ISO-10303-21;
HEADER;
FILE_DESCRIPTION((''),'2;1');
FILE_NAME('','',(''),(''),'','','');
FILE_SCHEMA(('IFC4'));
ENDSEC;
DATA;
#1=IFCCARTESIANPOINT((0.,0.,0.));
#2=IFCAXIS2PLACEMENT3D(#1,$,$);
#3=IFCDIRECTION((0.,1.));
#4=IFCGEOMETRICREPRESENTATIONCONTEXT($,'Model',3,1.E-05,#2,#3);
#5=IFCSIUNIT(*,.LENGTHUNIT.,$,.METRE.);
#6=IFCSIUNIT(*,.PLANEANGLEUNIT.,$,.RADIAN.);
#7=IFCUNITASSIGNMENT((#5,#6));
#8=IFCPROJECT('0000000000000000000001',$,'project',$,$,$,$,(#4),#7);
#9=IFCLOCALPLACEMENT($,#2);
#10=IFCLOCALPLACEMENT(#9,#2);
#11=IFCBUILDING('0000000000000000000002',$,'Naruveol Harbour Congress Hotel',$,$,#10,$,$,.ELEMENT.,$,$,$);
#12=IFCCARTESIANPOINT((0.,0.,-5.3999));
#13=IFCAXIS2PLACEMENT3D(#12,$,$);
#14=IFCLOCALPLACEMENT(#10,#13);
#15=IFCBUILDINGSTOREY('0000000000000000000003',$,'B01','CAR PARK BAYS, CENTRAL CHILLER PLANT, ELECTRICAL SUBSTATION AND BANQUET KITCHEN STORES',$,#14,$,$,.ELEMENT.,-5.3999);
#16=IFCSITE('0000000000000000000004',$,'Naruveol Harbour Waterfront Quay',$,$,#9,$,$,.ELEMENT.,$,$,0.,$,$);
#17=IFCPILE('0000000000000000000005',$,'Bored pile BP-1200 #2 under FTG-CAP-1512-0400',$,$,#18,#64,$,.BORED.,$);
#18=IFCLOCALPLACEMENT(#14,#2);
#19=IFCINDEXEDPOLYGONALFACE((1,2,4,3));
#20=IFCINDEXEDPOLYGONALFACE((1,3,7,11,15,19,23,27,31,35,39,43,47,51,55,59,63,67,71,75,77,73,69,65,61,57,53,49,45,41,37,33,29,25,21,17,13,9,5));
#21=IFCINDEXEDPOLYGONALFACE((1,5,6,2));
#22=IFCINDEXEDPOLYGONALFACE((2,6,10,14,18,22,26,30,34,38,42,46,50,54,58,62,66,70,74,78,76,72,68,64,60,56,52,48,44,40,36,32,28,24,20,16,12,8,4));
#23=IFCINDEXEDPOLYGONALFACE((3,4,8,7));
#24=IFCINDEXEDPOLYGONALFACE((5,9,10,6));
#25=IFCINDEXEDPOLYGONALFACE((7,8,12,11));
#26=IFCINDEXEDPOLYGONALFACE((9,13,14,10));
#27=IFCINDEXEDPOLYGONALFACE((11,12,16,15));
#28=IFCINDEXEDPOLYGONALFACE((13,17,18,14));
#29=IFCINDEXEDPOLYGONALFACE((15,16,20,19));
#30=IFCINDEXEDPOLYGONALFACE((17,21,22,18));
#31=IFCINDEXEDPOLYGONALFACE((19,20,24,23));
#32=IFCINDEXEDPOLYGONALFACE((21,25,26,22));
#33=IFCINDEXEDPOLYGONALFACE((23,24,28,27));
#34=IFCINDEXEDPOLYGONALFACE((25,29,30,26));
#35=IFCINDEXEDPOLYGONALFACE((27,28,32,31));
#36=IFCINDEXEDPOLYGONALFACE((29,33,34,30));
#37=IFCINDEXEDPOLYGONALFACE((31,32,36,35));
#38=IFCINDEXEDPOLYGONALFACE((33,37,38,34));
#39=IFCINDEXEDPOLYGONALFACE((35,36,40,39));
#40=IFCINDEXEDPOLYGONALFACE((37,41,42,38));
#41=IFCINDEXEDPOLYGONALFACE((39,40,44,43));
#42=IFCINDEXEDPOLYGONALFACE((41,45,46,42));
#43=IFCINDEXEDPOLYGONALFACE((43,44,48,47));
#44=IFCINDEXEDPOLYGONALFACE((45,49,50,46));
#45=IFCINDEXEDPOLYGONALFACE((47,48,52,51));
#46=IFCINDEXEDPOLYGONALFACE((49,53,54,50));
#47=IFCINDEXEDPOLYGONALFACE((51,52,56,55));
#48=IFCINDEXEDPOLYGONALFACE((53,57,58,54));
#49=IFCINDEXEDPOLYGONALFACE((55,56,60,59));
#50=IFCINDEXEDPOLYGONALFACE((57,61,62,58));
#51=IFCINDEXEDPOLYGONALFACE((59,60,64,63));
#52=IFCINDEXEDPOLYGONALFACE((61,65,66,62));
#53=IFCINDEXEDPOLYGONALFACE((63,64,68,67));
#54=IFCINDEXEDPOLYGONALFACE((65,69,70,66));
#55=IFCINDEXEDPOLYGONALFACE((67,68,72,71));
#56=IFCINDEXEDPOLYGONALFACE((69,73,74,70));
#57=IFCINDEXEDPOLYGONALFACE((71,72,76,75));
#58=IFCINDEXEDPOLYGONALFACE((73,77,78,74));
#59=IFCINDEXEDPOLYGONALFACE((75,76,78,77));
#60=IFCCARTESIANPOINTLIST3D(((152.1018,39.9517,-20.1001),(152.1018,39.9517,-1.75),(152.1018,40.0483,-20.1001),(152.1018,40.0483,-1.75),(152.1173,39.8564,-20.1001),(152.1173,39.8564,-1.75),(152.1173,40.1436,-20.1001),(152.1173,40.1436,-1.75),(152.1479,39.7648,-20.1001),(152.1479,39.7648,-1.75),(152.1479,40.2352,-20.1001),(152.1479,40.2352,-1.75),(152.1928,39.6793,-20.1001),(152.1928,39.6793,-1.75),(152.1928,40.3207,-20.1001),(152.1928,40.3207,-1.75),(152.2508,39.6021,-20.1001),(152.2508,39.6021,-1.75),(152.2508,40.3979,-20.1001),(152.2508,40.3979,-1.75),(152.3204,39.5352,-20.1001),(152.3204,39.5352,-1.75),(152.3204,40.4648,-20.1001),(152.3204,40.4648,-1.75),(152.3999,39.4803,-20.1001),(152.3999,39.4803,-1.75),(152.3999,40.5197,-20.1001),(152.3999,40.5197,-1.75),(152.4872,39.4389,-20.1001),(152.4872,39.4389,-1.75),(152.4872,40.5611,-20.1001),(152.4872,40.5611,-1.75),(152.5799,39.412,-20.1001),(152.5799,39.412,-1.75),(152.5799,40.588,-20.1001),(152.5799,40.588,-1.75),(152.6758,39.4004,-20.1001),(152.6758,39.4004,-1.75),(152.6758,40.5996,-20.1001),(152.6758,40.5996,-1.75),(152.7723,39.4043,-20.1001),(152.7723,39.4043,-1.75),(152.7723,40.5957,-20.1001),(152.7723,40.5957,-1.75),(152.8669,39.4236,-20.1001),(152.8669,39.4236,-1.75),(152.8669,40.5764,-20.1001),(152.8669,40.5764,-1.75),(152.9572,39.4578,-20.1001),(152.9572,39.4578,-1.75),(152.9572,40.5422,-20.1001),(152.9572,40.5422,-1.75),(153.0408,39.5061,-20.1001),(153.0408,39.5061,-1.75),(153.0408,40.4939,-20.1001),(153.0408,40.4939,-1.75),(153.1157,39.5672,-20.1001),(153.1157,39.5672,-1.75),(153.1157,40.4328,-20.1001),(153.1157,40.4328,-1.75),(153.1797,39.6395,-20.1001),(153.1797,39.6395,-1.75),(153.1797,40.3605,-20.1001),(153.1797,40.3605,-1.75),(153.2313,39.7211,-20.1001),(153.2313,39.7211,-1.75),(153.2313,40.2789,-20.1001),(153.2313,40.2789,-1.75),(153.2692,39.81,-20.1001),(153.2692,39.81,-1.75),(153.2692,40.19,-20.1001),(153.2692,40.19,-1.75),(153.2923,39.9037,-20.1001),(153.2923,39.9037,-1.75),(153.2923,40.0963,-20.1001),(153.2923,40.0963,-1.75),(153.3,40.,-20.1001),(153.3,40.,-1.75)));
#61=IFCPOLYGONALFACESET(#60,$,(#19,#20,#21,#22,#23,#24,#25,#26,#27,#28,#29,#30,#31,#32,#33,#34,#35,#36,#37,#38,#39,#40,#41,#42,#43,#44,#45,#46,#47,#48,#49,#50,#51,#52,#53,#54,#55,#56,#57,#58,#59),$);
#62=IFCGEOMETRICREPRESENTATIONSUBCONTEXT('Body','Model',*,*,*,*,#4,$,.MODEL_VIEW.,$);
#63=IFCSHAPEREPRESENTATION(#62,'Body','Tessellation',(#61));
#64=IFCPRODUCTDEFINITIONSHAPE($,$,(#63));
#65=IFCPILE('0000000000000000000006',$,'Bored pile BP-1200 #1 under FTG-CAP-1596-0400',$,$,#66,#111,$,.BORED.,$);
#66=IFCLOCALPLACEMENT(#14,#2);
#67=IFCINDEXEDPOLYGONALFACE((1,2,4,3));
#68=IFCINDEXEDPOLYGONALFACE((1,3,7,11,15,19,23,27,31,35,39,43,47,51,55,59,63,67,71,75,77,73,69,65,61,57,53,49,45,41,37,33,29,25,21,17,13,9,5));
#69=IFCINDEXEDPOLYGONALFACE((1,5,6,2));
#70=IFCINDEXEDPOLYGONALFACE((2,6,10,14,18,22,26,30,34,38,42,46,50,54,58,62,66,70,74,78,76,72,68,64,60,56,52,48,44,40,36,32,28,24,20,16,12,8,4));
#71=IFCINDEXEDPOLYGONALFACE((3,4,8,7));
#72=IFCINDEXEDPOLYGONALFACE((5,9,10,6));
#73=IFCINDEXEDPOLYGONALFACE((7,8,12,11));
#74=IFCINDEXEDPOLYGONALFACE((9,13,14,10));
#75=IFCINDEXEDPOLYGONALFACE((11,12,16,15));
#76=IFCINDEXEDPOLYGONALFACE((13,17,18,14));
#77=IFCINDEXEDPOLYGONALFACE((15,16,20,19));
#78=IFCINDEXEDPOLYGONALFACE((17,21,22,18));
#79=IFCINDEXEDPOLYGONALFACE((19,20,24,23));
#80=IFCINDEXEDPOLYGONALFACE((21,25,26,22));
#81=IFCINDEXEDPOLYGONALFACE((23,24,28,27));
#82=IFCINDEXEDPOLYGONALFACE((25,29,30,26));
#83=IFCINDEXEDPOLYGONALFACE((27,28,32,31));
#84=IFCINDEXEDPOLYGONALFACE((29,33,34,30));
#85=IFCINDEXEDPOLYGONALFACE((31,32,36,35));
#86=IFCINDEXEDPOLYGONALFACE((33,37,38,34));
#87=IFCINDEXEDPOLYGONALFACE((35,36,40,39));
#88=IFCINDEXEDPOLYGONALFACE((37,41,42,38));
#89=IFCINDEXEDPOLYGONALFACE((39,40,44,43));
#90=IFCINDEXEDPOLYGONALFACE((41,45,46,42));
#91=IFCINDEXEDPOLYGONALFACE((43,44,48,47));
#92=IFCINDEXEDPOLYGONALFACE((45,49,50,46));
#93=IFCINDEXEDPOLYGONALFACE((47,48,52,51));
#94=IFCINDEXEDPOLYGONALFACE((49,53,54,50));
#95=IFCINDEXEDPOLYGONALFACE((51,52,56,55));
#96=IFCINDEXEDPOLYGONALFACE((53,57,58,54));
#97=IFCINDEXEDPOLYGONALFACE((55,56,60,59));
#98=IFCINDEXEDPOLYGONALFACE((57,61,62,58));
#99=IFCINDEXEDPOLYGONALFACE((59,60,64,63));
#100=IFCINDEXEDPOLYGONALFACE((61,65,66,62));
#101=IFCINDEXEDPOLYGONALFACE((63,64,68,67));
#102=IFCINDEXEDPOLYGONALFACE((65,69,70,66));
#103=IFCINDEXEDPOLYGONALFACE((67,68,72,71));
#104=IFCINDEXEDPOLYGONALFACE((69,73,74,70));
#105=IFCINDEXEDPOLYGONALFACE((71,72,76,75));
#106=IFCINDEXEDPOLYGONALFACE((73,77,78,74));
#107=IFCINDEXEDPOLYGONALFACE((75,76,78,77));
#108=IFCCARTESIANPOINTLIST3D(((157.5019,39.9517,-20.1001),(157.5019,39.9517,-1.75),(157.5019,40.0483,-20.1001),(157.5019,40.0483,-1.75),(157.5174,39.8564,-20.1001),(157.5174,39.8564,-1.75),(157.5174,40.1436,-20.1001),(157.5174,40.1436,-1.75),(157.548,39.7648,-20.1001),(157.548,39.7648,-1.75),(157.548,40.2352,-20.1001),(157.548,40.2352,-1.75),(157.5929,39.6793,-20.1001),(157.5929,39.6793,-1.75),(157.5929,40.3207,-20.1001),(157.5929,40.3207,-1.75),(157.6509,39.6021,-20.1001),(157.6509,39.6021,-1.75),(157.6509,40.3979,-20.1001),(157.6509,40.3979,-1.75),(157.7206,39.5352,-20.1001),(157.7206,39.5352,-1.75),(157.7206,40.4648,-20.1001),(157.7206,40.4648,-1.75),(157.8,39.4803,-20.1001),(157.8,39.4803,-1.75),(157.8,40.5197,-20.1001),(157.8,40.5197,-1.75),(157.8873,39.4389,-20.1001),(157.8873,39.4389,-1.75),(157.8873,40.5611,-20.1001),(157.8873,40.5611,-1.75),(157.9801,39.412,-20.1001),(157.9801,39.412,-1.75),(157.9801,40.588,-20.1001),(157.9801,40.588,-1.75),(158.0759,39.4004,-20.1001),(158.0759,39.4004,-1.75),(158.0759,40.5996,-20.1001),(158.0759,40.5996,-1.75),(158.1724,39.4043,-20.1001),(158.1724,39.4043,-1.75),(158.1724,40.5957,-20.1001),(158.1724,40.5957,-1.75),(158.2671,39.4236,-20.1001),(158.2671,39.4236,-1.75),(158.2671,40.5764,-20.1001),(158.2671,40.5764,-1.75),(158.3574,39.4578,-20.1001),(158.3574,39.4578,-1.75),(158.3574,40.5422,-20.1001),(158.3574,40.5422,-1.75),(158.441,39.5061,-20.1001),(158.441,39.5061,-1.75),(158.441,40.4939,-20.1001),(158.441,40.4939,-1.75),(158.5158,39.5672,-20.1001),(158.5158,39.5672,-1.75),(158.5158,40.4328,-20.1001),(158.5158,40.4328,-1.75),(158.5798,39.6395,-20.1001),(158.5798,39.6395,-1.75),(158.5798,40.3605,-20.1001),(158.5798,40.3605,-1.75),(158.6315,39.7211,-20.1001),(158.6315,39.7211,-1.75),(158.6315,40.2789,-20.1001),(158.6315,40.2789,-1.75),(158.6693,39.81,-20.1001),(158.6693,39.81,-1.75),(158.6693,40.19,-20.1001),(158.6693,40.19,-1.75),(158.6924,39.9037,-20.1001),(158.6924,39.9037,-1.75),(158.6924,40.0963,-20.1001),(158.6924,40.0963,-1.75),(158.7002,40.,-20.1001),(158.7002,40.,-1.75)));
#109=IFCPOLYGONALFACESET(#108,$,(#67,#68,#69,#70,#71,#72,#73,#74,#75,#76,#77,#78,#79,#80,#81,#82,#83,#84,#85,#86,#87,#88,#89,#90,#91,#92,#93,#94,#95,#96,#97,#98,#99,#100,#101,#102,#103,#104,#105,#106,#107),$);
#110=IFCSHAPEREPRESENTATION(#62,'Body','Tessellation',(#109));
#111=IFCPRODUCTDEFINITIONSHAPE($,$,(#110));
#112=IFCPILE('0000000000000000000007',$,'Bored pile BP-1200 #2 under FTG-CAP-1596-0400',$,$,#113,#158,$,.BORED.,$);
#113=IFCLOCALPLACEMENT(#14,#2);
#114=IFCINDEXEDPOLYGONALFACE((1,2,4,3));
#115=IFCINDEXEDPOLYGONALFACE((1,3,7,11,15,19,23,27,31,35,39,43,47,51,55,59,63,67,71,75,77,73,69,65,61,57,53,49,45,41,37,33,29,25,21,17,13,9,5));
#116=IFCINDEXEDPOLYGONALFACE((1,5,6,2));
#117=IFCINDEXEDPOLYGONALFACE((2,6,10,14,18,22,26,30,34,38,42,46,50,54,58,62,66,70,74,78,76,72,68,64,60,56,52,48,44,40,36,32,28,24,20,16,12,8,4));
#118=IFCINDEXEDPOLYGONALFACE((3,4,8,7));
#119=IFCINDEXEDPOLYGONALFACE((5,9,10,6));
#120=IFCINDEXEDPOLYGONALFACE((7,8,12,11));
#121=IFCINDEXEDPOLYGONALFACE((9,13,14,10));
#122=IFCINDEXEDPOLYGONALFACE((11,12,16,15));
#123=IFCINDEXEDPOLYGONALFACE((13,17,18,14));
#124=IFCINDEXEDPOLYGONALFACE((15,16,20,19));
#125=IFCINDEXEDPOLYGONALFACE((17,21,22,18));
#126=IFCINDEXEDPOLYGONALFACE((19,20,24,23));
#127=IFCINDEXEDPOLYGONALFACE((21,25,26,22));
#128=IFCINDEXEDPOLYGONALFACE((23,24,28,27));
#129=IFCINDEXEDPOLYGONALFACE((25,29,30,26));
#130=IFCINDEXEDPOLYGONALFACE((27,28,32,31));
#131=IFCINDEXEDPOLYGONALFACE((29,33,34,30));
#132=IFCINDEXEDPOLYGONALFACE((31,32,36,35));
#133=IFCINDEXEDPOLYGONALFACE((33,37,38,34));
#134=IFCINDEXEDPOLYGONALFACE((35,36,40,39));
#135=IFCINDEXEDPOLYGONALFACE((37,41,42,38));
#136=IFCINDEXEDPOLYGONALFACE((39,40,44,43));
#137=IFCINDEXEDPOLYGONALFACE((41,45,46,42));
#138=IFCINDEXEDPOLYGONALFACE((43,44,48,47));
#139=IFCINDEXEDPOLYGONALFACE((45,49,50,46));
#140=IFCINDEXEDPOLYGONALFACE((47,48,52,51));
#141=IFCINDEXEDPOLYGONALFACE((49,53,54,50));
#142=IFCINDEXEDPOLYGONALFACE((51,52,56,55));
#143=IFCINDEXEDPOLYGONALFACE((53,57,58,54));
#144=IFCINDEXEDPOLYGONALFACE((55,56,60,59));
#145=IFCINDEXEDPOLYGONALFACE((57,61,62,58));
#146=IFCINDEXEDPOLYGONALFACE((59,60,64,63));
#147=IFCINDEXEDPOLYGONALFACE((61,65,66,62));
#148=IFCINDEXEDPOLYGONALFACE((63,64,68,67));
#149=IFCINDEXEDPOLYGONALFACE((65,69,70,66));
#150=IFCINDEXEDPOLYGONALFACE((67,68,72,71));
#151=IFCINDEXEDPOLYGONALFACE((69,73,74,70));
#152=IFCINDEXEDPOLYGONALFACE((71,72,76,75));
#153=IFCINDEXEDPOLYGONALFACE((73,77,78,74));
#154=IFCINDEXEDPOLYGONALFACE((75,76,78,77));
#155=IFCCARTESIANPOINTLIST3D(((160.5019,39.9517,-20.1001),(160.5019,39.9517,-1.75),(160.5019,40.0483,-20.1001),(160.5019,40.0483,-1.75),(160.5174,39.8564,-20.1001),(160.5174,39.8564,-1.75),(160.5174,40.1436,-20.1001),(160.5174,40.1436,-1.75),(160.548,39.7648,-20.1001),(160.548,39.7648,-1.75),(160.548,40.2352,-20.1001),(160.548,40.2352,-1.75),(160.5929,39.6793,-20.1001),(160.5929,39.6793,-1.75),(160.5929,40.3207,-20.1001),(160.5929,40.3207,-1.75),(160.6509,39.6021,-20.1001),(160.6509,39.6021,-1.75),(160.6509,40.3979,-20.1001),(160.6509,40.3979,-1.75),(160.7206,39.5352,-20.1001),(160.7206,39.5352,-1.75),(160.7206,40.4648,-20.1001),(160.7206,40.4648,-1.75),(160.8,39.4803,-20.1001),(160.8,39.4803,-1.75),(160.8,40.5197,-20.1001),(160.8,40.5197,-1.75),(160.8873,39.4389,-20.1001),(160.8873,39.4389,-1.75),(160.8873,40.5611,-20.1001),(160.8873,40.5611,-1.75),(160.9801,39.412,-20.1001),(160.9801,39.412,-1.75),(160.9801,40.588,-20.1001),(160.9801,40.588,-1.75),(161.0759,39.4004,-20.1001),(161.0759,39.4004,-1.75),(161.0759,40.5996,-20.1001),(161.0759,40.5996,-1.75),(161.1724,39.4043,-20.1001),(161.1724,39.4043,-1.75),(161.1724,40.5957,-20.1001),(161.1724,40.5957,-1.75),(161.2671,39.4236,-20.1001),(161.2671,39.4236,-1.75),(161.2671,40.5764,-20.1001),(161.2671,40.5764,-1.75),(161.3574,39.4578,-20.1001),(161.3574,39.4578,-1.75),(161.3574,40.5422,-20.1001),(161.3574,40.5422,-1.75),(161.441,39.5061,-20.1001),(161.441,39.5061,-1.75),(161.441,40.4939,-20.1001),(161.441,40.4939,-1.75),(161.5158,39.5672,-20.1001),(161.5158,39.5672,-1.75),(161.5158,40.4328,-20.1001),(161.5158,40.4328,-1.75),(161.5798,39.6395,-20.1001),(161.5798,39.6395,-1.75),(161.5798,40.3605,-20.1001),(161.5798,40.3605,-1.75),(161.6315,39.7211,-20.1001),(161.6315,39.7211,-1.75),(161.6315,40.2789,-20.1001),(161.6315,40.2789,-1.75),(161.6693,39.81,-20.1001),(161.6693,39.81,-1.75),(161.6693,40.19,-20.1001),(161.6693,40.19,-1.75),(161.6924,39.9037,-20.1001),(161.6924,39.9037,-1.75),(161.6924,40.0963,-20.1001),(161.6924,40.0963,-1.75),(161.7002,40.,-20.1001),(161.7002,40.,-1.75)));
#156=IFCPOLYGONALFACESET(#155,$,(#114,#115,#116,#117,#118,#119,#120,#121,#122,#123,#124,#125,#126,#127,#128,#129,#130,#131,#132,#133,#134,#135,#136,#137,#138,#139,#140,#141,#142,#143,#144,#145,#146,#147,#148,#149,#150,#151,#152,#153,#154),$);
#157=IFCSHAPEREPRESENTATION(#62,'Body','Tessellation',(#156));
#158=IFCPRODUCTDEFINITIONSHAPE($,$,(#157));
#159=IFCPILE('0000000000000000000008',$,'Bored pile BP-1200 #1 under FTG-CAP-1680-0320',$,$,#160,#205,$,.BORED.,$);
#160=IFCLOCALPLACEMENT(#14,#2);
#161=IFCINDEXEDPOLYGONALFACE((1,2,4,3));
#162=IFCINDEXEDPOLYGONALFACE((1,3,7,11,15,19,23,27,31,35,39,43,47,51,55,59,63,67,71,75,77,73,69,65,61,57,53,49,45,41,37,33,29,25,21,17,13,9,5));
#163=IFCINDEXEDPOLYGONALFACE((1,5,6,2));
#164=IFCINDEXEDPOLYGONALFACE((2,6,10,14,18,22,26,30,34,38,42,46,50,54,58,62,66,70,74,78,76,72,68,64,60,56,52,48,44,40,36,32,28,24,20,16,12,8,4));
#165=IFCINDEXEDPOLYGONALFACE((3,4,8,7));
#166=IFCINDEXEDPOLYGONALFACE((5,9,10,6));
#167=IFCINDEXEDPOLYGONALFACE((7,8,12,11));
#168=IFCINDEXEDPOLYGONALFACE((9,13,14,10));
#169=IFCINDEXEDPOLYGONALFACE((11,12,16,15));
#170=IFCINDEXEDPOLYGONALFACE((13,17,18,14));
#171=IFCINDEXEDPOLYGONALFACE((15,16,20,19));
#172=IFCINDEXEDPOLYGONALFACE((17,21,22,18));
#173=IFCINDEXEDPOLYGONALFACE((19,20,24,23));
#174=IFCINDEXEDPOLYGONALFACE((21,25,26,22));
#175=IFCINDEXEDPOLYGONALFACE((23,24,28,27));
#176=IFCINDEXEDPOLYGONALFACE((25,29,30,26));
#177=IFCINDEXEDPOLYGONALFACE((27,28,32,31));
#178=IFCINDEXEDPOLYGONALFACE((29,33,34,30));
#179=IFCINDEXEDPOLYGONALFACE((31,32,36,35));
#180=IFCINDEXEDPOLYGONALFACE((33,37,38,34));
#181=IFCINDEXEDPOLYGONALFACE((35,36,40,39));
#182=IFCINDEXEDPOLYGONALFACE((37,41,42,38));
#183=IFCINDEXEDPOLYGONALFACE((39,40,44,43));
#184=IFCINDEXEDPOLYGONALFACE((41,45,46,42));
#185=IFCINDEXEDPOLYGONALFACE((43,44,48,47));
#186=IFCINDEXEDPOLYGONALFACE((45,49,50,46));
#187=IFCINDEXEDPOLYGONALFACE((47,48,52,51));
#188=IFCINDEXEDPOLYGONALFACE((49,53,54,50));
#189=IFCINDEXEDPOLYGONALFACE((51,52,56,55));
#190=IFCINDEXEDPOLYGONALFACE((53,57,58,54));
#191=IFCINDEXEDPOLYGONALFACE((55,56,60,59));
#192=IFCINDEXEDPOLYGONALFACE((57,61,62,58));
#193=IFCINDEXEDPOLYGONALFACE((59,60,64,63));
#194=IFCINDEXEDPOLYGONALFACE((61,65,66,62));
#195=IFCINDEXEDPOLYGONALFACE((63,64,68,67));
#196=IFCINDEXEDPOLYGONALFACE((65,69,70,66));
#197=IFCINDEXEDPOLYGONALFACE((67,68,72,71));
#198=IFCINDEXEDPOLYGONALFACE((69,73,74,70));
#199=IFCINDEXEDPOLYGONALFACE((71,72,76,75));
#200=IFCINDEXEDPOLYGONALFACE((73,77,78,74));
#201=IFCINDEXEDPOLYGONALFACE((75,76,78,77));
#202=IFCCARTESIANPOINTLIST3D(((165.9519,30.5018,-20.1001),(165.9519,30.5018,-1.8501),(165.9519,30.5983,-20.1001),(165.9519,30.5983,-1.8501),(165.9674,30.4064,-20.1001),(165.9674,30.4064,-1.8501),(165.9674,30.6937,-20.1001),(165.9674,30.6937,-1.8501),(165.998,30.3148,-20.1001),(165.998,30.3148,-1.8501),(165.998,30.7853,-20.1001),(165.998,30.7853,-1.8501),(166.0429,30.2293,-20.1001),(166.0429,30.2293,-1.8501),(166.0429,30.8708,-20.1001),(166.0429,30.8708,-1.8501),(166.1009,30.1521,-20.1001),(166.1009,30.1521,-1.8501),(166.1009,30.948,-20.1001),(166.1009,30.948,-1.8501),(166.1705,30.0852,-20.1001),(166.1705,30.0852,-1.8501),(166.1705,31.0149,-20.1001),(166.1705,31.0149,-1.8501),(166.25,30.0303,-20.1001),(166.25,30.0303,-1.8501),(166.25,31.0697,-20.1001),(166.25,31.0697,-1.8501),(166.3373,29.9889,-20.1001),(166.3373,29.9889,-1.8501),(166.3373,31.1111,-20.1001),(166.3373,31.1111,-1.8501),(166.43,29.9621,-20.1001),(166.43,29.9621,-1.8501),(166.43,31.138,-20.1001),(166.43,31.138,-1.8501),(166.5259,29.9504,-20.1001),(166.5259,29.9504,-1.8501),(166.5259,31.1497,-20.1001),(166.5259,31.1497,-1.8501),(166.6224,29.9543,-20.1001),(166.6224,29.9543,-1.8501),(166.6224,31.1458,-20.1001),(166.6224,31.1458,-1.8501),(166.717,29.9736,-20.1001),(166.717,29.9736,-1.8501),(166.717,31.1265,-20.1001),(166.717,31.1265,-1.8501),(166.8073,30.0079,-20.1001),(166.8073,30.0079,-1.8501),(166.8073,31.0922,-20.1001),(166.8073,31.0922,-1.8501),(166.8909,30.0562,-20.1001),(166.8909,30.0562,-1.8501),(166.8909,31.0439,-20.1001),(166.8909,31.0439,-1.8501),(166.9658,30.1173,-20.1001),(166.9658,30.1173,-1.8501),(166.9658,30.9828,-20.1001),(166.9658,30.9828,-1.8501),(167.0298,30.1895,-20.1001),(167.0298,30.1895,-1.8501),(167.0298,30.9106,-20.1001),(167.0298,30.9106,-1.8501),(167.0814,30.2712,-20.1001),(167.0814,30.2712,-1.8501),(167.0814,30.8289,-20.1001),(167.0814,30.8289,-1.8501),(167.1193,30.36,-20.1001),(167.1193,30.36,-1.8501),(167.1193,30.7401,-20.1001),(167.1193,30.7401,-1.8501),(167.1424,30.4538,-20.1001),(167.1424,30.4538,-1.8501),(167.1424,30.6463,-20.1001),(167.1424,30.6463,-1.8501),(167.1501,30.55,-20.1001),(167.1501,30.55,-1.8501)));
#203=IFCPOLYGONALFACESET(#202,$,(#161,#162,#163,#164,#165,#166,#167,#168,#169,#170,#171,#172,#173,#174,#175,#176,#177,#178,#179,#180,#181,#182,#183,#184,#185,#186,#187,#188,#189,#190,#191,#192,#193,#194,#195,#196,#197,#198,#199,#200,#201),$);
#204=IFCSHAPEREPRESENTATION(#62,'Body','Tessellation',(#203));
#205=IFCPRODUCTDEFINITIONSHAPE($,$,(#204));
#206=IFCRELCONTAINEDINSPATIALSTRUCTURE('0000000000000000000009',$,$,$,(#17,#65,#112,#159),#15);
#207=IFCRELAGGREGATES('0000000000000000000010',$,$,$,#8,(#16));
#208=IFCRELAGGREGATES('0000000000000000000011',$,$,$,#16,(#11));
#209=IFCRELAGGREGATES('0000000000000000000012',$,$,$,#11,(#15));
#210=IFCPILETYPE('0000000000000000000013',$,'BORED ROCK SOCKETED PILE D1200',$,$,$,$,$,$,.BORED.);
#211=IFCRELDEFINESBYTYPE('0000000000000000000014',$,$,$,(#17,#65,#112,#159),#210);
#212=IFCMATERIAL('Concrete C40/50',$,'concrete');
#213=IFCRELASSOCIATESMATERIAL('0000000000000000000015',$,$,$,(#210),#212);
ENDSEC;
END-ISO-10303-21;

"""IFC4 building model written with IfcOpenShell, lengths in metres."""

from ifc_helpers import new_model, si_unit, direction, frame, origin, origin_2d, place, context, subcontext, project, spatial, circle, extrude, material, material_profile, profile_set, type_object, element, save


model = new_model("IFC4")

# Units and contexts
model_context = context("Model", 3, precision=1e-05, world=origin(), true_north=direction((0.0, 1.0)))
body_context = subcontext(model_context, "Body", "Model", "MODEL_VIEW")
ifc_project = project(units=[si_unit("LENGTHUNIT", "METRE"), si_unit("PLANEANGLEUNIT", "RADIAN")], contexts=[model_context])

# Site, building, storey
site_placement = place(None, origin())
site = spatial("IfcSite", under=ifc_project, at=site_placement, Name="Naruveol Harbour Waterfront Quay", CompositionType="ELEMENT", RefElevation=0.0)
building_placement = place(site_placement, origin())
building = spatial("IfcBuilding", under=site, at=building_placement, Name="Naruveol Harbour Congress Hotel", CompositionType="ELEMENT")
storey_placement = place(building_placement, frame((0.0, 0.0, -5.3999)))
storey = spatial("IfcBuildingStorey", under=building, at=storey_placement, Name="B01", Description="CAR PARK BAYS, CENTRAL CHILLER PLANT, ELECTRICAL SUBSTATION AND BANQUET KITCHEN STORES", CompositionType="ELEMENT", Elevation=-5.3999)

# Piles
ifc_material_1 = material(Name="Concrete C40/50", Category="concrete")
ifc_material_profile_1 = material_profile(ifc_material_1, circle(Radius=0.6001, at=origin_2d()), Name="BP-1200")
ifc_profile_set_1 = profile_set([ifc_material_profile_1], Name="Concrete C40/50")
pile_type = type_object("IfcPileType", Name="BORED ROCK SOCKETED PILE D1200", PredefinedType="BORED", material=ifc_profile_set_1)
for number, where, z_axis, x_axis, name in (
    (1, (152.7, 40.0, -1.75), (0.0, 0.0, -1.0), (1.0, 0.0, 0.0), "Bored pile BP-1200 #2 under FTG-CAP-1512-0400"),
    (2, (158.1001, 40.0, -1.75), (0.0, 0.0, -1.0), (1.0, 0.0, 0.0), "Bored pile BP-1200 #1 under FTG-CAP-1596-0400"),
    (3, (161.1001, 40.0, -1.75), (0.0, 0.0, -1.0), (1.0, 0.0, 0.0), "Bored pile BP-1200 #2 under FTG-CAP-1596-0400"),
):
    element("IfcPile", number, at=place(storey_placement, frame(where, z_axis=z_axis, x_axis=x_axis)), inside=storey, type_object=pile_type, Name=name, PredefinedType="BORED", context=body_context, shape_type="SweptSolid", body=[
        extrude(circle(Radius=0.6001, at=origin_2d()), origin(), (0.0, 0.0, 1.0), 18.3501),
    ])
for number, where, z_axis, x_axis, name in (
    (4, (166.55, 30.55, -1.8501), (0.0, 0.0, -1.0), (1.0, 0.0, 0.0), "Bored pile BP-1200 #1 under FTG-CAP-1680-0320"),
):
    element("IfcPile", number, at=place(storey_placement, frame(where, z_axis=z_axis, x_axis=x_axis)), inside=storey, type_object=pile_type, Name=name, PredefinedType="BORED", context=body_context, shape_type="SweptSolid", body=[
        extrude(circle(Radius=0.6001, at=origin_2d()), origin(), (0.0, 0.0, 1.0), 18.25),
    ])

save(model, "model.ifc")
